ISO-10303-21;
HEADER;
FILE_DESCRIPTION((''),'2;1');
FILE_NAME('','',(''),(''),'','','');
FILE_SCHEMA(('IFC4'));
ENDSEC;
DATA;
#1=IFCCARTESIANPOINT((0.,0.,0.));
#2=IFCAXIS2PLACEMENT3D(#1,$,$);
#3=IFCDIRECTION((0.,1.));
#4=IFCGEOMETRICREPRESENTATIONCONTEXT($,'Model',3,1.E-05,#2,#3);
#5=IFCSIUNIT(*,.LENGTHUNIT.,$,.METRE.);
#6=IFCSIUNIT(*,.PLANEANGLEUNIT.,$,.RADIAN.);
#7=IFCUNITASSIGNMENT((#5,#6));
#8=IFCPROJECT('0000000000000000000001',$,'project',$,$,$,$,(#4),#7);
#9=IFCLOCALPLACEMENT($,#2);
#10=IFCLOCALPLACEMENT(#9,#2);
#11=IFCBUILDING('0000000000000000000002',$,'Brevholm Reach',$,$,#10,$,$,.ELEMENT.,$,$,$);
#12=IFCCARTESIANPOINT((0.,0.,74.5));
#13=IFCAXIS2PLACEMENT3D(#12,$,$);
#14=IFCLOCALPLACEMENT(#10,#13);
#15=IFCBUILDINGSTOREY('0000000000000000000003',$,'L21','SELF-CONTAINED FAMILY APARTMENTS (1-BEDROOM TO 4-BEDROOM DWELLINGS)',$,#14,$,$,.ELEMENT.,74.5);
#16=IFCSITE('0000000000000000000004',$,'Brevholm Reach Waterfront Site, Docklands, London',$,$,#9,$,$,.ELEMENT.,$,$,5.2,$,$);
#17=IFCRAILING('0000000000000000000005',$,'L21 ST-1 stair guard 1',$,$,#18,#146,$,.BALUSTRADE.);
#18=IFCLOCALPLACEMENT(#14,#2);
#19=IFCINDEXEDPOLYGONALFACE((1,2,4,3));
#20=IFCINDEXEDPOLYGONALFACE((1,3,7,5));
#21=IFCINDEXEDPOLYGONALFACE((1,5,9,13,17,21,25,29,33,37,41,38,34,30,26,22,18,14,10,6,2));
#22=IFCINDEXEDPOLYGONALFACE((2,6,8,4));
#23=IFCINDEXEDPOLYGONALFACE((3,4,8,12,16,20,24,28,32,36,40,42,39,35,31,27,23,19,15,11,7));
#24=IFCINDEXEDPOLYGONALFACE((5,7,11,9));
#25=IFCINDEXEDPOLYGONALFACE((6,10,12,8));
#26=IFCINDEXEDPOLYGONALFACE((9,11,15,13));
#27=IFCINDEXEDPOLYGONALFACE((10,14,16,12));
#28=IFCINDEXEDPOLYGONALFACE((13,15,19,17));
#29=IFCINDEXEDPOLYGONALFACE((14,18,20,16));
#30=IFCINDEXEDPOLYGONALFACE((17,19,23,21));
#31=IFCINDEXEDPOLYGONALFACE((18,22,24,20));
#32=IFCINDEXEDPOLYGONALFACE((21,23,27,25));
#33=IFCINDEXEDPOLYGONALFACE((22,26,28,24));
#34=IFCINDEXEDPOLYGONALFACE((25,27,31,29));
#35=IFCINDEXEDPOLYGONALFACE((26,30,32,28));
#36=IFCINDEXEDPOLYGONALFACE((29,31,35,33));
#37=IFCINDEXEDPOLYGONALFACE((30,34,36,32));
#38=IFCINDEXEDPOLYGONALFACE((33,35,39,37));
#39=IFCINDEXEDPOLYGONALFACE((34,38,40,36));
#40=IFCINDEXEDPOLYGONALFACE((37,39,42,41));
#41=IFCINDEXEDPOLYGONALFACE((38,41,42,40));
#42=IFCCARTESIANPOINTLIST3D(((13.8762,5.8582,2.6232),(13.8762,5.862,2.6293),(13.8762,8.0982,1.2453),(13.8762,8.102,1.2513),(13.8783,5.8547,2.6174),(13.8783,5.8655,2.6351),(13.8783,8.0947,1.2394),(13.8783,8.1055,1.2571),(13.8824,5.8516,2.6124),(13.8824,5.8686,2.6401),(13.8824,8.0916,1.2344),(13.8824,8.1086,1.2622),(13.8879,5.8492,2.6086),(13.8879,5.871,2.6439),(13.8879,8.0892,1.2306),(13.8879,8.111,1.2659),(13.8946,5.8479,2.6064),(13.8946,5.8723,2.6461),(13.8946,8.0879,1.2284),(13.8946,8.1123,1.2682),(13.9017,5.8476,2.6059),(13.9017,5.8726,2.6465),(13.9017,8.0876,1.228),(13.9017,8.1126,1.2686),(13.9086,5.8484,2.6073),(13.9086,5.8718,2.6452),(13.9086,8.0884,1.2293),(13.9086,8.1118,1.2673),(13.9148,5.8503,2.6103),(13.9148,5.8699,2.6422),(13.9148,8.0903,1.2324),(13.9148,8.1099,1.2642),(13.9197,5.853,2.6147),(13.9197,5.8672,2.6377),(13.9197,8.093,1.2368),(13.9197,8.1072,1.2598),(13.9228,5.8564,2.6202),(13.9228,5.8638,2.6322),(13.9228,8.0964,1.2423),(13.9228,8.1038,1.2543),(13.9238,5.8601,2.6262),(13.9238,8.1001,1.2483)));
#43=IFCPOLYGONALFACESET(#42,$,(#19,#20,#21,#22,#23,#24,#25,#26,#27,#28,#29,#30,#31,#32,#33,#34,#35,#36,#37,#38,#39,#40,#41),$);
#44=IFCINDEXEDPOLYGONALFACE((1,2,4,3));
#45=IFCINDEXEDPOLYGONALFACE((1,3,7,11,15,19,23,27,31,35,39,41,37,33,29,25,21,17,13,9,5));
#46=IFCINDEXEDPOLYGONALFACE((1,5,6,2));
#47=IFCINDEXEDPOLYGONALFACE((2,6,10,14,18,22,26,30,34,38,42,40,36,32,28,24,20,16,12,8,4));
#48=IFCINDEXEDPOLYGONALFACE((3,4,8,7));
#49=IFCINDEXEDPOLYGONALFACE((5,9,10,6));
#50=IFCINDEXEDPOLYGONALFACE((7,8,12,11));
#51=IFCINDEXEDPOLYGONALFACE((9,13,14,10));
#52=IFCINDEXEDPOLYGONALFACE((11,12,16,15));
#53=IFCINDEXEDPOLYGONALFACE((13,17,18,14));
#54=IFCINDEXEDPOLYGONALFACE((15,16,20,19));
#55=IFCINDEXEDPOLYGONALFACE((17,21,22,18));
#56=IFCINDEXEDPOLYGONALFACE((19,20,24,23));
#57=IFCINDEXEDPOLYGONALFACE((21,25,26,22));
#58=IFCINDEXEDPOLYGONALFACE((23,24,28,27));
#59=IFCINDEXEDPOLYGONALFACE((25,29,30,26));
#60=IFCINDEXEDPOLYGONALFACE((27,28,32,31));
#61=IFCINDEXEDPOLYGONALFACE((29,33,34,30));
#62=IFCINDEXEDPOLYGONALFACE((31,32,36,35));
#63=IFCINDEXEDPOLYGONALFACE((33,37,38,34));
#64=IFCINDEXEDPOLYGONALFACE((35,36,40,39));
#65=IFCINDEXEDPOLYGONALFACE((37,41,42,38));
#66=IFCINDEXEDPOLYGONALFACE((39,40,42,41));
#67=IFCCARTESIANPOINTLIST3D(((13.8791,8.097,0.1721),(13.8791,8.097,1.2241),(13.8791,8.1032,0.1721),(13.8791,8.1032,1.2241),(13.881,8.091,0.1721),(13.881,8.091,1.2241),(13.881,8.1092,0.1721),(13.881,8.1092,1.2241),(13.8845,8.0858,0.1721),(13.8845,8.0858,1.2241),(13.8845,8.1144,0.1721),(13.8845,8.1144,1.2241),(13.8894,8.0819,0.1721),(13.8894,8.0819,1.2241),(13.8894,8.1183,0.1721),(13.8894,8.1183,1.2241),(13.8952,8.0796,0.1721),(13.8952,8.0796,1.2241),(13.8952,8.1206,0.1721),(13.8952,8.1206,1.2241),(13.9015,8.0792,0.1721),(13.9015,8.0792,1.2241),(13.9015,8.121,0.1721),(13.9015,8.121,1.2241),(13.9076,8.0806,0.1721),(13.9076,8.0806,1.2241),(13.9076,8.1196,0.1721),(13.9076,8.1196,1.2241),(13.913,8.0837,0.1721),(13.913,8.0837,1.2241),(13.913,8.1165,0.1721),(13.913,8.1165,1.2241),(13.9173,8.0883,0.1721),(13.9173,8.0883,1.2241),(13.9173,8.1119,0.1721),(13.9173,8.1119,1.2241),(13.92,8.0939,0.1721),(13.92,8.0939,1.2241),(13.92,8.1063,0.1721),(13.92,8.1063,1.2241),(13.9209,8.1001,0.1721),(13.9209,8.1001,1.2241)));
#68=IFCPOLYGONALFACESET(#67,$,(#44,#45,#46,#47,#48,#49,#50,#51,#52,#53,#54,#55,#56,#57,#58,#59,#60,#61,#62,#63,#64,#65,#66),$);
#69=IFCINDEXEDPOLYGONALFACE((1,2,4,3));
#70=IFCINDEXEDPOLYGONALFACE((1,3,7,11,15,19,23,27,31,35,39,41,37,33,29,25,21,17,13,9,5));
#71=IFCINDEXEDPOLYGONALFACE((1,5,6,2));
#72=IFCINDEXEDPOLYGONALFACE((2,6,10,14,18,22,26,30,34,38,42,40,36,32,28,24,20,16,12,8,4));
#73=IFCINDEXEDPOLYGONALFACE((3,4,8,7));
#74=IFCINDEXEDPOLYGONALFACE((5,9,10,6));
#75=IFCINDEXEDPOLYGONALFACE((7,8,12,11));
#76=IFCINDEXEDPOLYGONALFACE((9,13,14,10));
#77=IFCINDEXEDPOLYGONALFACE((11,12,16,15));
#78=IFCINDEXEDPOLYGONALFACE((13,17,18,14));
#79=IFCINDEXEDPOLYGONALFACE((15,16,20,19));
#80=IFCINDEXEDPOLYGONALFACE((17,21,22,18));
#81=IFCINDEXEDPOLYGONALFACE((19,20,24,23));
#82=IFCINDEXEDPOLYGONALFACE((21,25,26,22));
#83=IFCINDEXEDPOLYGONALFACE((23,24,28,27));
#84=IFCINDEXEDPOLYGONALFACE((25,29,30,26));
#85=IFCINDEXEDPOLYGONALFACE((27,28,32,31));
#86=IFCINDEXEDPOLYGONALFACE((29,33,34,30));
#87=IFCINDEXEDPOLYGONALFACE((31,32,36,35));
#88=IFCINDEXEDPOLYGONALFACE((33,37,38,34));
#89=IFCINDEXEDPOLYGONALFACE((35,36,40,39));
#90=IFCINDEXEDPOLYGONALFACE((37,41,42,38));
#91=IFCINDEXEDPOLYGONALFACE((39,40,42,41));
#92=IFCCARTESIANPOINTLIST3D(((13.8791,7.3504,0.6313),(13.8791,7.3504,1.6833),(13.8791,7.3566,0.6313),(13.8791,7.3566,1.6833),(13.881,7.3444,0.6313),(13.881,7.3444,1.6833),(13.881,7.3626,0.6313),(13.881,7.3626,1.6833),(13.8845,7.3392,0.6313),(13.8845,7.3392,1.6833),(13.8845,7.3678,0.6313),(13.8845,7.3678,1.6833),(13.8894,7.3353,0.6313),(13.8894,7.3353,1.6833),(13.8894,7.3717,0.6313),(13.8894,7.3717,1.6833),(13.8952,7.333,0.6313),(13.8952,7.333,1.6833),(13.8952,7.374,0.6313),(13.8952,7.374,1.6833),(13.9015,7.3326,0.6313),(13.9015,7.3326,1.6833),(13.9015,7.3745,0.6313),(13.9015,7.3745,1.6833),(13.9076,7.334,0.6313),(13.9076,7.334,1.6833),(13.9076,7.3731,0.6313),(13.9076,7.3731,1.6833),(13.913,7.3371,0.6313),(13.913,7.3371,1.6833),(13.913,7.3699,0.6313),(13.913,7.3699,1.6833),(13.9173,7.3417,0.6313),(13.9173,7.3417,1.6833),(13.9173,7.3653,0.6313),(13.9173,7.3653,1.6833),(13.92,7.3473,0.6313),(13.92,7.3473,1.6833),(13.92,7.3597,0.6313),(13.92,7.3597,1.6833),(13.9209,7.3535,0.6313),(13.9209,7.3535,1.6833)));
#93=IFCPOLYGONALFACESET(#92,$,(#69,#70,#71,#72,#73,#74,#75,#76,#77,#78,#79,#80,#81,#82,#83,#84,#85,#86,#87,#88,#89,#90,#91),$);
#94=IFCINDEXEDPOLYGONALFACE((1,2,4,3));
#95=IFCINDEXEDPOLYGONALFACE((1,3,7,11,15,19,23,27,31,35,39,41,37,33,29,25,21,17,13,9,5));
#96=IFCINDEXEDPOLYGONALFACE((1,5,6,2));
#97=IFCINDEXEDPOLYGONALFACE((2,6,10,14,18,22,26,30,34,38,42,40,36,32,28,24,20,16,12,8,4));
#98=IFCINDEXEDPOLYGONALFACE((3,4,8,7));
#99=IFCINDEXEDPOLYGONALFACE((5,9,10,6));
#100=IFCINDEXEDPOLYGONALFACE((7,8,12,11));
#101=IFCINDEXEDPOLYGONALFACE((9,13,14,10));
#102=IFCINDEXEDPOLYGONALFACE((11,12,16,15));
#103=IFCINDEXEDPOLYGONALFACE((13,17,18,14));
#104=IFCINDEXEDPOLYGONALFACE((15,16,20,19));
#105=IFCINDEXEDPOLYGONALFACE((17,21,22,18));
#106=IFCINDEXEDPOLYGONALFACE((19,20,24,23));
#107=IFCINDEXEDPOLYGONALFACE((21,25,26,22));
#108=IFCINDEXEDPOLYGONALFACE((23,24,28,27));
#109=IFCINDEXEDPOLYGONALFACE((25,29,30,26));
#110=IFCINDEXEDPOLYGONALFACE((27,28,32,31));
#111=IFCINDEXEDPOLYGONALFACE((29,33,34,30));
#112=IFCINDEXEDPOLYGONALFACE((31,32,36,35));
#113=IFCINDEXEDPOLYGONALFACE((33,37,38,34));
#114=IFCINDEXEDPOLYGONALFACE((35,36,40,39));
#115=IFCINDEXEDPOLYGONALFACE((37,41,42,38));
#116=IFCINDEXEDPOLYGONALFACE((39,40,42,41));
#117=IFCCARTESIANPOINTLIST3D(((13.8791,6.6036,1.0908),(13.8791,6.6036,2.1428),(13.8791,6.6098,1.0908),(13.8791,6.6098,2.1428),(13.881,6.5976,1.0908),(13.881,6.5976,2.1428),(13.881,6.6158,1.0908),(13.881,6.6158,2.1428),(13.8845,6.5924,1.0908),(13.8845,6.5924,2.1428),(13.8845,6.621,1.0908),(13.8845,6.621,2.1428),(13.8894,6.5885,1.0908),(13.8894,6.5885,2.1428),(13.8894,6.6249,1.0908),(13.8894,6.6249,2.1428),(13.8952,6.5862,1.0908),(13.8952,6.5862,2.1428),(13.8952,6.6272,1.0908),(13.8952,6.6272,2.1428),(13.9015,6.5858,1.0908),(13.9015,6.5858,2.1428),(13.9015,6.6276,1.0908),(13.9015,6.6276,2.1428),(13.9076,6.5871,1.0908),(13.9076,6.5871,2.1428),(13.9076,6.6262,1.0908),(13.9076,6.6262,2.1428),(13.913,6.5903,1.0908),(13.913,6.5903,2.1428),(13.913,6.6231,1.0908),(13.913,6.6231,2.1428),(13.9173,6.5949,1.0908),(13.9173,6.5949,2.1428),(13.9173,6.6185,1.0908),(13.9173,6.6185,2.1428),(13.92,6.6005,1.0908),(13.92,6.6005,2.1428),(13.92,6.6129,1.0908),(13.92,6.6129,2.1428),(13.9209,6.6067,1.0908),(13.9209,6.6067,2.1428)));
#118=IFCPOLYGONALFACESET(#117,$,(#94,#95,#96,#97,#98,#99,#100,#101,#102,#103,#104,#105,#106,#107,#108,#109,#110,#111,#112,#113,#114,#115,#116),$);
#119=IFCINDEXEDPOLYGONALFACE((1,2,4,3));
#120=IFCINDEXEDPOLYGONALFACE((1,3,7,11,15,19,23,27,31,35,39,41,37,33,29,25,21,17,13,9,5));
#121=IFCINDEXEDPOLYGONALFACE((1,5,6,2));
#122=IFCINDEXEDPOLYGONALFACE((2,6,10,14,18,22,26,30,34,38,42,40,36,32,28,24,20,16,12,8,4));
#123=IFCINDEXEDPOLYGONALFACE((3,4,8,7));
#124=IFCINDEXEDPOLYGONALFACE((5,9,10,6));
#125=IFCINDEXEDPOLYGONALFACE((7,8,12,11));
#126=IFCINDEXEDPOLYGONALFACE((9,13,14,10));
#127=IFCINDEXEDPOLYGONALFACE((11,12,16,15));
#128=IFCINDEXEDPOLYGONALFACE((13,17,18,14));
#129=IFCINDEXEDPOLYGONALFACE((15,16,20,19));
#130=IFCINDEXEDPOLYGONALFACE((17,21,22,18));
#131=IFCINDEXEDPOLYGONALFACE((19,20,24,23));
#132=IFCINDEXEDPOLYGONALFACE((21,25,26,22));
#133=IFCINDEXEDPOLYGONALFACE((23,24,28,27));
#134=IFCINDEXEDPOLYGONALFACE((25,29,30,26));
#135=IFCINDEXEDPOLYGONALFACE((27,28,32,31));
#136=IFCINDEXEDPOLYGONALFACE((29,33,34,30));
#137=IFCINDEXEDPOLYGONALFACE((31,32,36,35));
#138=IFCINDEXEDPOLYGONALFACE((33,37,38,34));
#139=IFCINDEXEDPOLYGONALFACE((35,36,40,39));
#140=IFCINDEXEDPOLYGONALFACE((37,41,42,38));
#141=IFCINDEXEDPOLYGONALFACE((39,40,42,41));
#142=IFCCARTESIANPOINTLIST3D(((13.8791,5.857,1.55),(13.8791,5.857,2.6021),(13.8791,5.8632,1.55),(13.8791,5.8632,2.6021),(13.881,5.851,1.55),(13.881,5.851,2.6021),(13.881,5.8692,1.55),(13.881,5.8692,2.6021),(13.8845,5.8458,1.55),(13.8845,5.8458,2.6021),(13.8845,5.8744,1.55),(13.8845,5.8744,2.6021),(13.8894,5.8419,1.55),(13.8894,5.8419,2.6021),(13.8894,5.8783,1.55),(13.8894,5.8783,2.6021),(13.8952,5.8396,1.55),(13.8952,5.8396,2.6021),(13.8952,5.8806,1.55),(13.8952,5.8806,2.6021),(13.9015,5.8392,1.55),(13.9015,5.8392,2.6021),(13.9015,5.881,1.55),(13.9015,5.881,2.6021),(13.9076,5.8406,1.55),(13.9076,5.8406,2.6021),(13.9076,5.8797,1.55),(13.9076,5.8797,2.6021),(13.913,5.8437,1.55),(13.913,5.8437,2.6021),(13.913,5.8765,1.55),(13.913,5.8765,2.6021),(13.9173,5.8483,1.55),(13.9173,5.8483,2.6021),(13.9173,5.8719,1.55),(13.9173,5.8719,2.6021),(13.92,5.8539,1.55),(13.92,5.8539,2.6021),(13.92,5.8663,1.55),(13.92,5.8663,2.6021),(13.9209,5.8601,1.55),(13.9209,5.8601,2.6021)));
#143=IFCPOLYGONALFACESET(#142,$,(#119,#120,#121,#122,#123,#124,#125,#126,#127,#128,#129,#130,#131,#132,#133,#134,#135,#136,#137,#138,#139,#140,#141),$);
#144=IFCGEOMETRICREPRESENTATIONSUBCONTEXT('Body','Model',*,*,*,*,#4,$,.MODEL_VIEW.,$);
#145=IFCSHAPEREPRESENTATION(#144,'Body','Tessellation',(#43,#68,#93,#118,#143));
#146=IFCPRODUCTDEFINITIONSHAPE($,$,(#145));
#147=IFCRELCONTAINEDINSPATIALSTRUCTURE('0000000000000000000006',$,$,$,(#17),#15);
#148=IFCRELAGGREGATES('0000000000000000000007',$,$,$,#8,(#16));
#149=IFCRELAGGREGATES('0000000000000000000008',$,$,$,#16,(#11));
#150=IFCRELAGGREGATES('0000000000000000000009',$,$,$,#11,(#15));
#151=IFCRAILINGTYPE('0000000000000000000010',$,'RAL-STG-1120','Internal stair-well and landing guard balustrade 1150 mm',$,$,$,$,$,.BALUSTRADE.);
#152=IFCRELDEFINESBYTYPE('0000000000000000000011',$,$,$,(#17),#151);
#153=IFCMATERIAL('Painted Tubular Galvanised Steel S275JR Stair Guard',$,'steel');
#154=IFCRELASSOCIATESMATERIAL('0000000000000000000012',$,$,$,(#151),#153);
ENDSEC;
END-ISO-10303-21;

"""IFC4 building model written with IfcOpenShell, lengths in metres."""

from ifc_helpers import new_model, si_unit, direction, frame, origin, origin_2d, place, context, subcontext, project, spatial, circle, extrude, material, type_object, element, save


model = new_model("IFC4")

# Units and contexts
model_context = context("Model", 3, precision=1e-05, world=origin(), true_north=direction((0.0, 1.0)))
body_context = subcontext(model_context, "Body", "Model", "MODEL_VIEW")
ifc_project = project(units=[si_unit("LENGTHUNIT", "METRE"), si_unit("PLANEANGLEUNIT", "RADIAN")], contexts=[model_context])

# Site, building, storey
site_placement = place(None, origin())
site = spatial("IfcSite", under=ifc_project, at=site_placement, Name="Brevholm Reach Waterfront Site, Docklands, London", CompositionType="ELEMENT", RefElevation=5.2)
building_placement = place(site_placement, origin())
building = spatial("IfcBuilding", under=site, at=building_placement, Name="Brevholm Reach", CompositionType="ELEMENT")
storey_placement = place(building_placement, frame((0.0, 0.0, 74.5)))
storey = spatial("IfcBuildingStorey", under=building, at=storey_placement, Name="L21", Description="SELF-CONTAINED FAMILY APARTMENTS (1-BEDROOM TO 4-BEDROOM DWELLINGS)", CompositionType="ELEMENT", Elevation=74.5)

# Railing
ifc_material_1 = material(Name="Painted Tubular Galvanised Steel S275JR Stair Guard", Category="steel")
railing_type_1 = type_object("IfcRailingType", Name="RAL-STG-1120", Description="Internal stair-well and landing guard balustrade 1150 mm", PredefinedType="BALUSTRADE", material=ifc_material_1)
railing_1_placement = place(storey_placement, frame((13.8999, 8.1001, 0.1721)))
element("IfcRailing", 1, at=railing_1_placement, inside=storey, type_object=railing_type_1, Name="L21 ST-1 stair guard 1", PredefinedType="BALUSTRADE", context=body_context, shape_type="SweptSolid", body=[
    extrude(circle(Radius=0.0239, at=origin_2d()), frame((0.0, 0.0, 1.0762), z_axis=(0.0, -0.851748, 0.523952), x_axis=(1.0, 0.0, 0.0)), (0.0, 0.0, 1.0), 2.6299),
    extrude(circle(Radius=0.021, at=origin_2d()), origin(), (0.0, 0.0, 1.0), 1.052),
    extrude(circle(Radius=0.021, at=origin_2d()), frame((0.0, -0.7466, 0.4592)), (0.0, 0.0, 1.0), 1.052),
    extrude(circle(Radius=0.021, at=origin_2d()), frame((0.0, -1.4934, 0.9187)), (0.0, 0.0, 1.0), 1.052),
    extrude(circle(Radius=0.021, at=origin_2d()), frame((0.0, -2.24, 1.3779)), (0.0, 0.0, 1.0), 1.052),
])

save(model, "model.ifc")
